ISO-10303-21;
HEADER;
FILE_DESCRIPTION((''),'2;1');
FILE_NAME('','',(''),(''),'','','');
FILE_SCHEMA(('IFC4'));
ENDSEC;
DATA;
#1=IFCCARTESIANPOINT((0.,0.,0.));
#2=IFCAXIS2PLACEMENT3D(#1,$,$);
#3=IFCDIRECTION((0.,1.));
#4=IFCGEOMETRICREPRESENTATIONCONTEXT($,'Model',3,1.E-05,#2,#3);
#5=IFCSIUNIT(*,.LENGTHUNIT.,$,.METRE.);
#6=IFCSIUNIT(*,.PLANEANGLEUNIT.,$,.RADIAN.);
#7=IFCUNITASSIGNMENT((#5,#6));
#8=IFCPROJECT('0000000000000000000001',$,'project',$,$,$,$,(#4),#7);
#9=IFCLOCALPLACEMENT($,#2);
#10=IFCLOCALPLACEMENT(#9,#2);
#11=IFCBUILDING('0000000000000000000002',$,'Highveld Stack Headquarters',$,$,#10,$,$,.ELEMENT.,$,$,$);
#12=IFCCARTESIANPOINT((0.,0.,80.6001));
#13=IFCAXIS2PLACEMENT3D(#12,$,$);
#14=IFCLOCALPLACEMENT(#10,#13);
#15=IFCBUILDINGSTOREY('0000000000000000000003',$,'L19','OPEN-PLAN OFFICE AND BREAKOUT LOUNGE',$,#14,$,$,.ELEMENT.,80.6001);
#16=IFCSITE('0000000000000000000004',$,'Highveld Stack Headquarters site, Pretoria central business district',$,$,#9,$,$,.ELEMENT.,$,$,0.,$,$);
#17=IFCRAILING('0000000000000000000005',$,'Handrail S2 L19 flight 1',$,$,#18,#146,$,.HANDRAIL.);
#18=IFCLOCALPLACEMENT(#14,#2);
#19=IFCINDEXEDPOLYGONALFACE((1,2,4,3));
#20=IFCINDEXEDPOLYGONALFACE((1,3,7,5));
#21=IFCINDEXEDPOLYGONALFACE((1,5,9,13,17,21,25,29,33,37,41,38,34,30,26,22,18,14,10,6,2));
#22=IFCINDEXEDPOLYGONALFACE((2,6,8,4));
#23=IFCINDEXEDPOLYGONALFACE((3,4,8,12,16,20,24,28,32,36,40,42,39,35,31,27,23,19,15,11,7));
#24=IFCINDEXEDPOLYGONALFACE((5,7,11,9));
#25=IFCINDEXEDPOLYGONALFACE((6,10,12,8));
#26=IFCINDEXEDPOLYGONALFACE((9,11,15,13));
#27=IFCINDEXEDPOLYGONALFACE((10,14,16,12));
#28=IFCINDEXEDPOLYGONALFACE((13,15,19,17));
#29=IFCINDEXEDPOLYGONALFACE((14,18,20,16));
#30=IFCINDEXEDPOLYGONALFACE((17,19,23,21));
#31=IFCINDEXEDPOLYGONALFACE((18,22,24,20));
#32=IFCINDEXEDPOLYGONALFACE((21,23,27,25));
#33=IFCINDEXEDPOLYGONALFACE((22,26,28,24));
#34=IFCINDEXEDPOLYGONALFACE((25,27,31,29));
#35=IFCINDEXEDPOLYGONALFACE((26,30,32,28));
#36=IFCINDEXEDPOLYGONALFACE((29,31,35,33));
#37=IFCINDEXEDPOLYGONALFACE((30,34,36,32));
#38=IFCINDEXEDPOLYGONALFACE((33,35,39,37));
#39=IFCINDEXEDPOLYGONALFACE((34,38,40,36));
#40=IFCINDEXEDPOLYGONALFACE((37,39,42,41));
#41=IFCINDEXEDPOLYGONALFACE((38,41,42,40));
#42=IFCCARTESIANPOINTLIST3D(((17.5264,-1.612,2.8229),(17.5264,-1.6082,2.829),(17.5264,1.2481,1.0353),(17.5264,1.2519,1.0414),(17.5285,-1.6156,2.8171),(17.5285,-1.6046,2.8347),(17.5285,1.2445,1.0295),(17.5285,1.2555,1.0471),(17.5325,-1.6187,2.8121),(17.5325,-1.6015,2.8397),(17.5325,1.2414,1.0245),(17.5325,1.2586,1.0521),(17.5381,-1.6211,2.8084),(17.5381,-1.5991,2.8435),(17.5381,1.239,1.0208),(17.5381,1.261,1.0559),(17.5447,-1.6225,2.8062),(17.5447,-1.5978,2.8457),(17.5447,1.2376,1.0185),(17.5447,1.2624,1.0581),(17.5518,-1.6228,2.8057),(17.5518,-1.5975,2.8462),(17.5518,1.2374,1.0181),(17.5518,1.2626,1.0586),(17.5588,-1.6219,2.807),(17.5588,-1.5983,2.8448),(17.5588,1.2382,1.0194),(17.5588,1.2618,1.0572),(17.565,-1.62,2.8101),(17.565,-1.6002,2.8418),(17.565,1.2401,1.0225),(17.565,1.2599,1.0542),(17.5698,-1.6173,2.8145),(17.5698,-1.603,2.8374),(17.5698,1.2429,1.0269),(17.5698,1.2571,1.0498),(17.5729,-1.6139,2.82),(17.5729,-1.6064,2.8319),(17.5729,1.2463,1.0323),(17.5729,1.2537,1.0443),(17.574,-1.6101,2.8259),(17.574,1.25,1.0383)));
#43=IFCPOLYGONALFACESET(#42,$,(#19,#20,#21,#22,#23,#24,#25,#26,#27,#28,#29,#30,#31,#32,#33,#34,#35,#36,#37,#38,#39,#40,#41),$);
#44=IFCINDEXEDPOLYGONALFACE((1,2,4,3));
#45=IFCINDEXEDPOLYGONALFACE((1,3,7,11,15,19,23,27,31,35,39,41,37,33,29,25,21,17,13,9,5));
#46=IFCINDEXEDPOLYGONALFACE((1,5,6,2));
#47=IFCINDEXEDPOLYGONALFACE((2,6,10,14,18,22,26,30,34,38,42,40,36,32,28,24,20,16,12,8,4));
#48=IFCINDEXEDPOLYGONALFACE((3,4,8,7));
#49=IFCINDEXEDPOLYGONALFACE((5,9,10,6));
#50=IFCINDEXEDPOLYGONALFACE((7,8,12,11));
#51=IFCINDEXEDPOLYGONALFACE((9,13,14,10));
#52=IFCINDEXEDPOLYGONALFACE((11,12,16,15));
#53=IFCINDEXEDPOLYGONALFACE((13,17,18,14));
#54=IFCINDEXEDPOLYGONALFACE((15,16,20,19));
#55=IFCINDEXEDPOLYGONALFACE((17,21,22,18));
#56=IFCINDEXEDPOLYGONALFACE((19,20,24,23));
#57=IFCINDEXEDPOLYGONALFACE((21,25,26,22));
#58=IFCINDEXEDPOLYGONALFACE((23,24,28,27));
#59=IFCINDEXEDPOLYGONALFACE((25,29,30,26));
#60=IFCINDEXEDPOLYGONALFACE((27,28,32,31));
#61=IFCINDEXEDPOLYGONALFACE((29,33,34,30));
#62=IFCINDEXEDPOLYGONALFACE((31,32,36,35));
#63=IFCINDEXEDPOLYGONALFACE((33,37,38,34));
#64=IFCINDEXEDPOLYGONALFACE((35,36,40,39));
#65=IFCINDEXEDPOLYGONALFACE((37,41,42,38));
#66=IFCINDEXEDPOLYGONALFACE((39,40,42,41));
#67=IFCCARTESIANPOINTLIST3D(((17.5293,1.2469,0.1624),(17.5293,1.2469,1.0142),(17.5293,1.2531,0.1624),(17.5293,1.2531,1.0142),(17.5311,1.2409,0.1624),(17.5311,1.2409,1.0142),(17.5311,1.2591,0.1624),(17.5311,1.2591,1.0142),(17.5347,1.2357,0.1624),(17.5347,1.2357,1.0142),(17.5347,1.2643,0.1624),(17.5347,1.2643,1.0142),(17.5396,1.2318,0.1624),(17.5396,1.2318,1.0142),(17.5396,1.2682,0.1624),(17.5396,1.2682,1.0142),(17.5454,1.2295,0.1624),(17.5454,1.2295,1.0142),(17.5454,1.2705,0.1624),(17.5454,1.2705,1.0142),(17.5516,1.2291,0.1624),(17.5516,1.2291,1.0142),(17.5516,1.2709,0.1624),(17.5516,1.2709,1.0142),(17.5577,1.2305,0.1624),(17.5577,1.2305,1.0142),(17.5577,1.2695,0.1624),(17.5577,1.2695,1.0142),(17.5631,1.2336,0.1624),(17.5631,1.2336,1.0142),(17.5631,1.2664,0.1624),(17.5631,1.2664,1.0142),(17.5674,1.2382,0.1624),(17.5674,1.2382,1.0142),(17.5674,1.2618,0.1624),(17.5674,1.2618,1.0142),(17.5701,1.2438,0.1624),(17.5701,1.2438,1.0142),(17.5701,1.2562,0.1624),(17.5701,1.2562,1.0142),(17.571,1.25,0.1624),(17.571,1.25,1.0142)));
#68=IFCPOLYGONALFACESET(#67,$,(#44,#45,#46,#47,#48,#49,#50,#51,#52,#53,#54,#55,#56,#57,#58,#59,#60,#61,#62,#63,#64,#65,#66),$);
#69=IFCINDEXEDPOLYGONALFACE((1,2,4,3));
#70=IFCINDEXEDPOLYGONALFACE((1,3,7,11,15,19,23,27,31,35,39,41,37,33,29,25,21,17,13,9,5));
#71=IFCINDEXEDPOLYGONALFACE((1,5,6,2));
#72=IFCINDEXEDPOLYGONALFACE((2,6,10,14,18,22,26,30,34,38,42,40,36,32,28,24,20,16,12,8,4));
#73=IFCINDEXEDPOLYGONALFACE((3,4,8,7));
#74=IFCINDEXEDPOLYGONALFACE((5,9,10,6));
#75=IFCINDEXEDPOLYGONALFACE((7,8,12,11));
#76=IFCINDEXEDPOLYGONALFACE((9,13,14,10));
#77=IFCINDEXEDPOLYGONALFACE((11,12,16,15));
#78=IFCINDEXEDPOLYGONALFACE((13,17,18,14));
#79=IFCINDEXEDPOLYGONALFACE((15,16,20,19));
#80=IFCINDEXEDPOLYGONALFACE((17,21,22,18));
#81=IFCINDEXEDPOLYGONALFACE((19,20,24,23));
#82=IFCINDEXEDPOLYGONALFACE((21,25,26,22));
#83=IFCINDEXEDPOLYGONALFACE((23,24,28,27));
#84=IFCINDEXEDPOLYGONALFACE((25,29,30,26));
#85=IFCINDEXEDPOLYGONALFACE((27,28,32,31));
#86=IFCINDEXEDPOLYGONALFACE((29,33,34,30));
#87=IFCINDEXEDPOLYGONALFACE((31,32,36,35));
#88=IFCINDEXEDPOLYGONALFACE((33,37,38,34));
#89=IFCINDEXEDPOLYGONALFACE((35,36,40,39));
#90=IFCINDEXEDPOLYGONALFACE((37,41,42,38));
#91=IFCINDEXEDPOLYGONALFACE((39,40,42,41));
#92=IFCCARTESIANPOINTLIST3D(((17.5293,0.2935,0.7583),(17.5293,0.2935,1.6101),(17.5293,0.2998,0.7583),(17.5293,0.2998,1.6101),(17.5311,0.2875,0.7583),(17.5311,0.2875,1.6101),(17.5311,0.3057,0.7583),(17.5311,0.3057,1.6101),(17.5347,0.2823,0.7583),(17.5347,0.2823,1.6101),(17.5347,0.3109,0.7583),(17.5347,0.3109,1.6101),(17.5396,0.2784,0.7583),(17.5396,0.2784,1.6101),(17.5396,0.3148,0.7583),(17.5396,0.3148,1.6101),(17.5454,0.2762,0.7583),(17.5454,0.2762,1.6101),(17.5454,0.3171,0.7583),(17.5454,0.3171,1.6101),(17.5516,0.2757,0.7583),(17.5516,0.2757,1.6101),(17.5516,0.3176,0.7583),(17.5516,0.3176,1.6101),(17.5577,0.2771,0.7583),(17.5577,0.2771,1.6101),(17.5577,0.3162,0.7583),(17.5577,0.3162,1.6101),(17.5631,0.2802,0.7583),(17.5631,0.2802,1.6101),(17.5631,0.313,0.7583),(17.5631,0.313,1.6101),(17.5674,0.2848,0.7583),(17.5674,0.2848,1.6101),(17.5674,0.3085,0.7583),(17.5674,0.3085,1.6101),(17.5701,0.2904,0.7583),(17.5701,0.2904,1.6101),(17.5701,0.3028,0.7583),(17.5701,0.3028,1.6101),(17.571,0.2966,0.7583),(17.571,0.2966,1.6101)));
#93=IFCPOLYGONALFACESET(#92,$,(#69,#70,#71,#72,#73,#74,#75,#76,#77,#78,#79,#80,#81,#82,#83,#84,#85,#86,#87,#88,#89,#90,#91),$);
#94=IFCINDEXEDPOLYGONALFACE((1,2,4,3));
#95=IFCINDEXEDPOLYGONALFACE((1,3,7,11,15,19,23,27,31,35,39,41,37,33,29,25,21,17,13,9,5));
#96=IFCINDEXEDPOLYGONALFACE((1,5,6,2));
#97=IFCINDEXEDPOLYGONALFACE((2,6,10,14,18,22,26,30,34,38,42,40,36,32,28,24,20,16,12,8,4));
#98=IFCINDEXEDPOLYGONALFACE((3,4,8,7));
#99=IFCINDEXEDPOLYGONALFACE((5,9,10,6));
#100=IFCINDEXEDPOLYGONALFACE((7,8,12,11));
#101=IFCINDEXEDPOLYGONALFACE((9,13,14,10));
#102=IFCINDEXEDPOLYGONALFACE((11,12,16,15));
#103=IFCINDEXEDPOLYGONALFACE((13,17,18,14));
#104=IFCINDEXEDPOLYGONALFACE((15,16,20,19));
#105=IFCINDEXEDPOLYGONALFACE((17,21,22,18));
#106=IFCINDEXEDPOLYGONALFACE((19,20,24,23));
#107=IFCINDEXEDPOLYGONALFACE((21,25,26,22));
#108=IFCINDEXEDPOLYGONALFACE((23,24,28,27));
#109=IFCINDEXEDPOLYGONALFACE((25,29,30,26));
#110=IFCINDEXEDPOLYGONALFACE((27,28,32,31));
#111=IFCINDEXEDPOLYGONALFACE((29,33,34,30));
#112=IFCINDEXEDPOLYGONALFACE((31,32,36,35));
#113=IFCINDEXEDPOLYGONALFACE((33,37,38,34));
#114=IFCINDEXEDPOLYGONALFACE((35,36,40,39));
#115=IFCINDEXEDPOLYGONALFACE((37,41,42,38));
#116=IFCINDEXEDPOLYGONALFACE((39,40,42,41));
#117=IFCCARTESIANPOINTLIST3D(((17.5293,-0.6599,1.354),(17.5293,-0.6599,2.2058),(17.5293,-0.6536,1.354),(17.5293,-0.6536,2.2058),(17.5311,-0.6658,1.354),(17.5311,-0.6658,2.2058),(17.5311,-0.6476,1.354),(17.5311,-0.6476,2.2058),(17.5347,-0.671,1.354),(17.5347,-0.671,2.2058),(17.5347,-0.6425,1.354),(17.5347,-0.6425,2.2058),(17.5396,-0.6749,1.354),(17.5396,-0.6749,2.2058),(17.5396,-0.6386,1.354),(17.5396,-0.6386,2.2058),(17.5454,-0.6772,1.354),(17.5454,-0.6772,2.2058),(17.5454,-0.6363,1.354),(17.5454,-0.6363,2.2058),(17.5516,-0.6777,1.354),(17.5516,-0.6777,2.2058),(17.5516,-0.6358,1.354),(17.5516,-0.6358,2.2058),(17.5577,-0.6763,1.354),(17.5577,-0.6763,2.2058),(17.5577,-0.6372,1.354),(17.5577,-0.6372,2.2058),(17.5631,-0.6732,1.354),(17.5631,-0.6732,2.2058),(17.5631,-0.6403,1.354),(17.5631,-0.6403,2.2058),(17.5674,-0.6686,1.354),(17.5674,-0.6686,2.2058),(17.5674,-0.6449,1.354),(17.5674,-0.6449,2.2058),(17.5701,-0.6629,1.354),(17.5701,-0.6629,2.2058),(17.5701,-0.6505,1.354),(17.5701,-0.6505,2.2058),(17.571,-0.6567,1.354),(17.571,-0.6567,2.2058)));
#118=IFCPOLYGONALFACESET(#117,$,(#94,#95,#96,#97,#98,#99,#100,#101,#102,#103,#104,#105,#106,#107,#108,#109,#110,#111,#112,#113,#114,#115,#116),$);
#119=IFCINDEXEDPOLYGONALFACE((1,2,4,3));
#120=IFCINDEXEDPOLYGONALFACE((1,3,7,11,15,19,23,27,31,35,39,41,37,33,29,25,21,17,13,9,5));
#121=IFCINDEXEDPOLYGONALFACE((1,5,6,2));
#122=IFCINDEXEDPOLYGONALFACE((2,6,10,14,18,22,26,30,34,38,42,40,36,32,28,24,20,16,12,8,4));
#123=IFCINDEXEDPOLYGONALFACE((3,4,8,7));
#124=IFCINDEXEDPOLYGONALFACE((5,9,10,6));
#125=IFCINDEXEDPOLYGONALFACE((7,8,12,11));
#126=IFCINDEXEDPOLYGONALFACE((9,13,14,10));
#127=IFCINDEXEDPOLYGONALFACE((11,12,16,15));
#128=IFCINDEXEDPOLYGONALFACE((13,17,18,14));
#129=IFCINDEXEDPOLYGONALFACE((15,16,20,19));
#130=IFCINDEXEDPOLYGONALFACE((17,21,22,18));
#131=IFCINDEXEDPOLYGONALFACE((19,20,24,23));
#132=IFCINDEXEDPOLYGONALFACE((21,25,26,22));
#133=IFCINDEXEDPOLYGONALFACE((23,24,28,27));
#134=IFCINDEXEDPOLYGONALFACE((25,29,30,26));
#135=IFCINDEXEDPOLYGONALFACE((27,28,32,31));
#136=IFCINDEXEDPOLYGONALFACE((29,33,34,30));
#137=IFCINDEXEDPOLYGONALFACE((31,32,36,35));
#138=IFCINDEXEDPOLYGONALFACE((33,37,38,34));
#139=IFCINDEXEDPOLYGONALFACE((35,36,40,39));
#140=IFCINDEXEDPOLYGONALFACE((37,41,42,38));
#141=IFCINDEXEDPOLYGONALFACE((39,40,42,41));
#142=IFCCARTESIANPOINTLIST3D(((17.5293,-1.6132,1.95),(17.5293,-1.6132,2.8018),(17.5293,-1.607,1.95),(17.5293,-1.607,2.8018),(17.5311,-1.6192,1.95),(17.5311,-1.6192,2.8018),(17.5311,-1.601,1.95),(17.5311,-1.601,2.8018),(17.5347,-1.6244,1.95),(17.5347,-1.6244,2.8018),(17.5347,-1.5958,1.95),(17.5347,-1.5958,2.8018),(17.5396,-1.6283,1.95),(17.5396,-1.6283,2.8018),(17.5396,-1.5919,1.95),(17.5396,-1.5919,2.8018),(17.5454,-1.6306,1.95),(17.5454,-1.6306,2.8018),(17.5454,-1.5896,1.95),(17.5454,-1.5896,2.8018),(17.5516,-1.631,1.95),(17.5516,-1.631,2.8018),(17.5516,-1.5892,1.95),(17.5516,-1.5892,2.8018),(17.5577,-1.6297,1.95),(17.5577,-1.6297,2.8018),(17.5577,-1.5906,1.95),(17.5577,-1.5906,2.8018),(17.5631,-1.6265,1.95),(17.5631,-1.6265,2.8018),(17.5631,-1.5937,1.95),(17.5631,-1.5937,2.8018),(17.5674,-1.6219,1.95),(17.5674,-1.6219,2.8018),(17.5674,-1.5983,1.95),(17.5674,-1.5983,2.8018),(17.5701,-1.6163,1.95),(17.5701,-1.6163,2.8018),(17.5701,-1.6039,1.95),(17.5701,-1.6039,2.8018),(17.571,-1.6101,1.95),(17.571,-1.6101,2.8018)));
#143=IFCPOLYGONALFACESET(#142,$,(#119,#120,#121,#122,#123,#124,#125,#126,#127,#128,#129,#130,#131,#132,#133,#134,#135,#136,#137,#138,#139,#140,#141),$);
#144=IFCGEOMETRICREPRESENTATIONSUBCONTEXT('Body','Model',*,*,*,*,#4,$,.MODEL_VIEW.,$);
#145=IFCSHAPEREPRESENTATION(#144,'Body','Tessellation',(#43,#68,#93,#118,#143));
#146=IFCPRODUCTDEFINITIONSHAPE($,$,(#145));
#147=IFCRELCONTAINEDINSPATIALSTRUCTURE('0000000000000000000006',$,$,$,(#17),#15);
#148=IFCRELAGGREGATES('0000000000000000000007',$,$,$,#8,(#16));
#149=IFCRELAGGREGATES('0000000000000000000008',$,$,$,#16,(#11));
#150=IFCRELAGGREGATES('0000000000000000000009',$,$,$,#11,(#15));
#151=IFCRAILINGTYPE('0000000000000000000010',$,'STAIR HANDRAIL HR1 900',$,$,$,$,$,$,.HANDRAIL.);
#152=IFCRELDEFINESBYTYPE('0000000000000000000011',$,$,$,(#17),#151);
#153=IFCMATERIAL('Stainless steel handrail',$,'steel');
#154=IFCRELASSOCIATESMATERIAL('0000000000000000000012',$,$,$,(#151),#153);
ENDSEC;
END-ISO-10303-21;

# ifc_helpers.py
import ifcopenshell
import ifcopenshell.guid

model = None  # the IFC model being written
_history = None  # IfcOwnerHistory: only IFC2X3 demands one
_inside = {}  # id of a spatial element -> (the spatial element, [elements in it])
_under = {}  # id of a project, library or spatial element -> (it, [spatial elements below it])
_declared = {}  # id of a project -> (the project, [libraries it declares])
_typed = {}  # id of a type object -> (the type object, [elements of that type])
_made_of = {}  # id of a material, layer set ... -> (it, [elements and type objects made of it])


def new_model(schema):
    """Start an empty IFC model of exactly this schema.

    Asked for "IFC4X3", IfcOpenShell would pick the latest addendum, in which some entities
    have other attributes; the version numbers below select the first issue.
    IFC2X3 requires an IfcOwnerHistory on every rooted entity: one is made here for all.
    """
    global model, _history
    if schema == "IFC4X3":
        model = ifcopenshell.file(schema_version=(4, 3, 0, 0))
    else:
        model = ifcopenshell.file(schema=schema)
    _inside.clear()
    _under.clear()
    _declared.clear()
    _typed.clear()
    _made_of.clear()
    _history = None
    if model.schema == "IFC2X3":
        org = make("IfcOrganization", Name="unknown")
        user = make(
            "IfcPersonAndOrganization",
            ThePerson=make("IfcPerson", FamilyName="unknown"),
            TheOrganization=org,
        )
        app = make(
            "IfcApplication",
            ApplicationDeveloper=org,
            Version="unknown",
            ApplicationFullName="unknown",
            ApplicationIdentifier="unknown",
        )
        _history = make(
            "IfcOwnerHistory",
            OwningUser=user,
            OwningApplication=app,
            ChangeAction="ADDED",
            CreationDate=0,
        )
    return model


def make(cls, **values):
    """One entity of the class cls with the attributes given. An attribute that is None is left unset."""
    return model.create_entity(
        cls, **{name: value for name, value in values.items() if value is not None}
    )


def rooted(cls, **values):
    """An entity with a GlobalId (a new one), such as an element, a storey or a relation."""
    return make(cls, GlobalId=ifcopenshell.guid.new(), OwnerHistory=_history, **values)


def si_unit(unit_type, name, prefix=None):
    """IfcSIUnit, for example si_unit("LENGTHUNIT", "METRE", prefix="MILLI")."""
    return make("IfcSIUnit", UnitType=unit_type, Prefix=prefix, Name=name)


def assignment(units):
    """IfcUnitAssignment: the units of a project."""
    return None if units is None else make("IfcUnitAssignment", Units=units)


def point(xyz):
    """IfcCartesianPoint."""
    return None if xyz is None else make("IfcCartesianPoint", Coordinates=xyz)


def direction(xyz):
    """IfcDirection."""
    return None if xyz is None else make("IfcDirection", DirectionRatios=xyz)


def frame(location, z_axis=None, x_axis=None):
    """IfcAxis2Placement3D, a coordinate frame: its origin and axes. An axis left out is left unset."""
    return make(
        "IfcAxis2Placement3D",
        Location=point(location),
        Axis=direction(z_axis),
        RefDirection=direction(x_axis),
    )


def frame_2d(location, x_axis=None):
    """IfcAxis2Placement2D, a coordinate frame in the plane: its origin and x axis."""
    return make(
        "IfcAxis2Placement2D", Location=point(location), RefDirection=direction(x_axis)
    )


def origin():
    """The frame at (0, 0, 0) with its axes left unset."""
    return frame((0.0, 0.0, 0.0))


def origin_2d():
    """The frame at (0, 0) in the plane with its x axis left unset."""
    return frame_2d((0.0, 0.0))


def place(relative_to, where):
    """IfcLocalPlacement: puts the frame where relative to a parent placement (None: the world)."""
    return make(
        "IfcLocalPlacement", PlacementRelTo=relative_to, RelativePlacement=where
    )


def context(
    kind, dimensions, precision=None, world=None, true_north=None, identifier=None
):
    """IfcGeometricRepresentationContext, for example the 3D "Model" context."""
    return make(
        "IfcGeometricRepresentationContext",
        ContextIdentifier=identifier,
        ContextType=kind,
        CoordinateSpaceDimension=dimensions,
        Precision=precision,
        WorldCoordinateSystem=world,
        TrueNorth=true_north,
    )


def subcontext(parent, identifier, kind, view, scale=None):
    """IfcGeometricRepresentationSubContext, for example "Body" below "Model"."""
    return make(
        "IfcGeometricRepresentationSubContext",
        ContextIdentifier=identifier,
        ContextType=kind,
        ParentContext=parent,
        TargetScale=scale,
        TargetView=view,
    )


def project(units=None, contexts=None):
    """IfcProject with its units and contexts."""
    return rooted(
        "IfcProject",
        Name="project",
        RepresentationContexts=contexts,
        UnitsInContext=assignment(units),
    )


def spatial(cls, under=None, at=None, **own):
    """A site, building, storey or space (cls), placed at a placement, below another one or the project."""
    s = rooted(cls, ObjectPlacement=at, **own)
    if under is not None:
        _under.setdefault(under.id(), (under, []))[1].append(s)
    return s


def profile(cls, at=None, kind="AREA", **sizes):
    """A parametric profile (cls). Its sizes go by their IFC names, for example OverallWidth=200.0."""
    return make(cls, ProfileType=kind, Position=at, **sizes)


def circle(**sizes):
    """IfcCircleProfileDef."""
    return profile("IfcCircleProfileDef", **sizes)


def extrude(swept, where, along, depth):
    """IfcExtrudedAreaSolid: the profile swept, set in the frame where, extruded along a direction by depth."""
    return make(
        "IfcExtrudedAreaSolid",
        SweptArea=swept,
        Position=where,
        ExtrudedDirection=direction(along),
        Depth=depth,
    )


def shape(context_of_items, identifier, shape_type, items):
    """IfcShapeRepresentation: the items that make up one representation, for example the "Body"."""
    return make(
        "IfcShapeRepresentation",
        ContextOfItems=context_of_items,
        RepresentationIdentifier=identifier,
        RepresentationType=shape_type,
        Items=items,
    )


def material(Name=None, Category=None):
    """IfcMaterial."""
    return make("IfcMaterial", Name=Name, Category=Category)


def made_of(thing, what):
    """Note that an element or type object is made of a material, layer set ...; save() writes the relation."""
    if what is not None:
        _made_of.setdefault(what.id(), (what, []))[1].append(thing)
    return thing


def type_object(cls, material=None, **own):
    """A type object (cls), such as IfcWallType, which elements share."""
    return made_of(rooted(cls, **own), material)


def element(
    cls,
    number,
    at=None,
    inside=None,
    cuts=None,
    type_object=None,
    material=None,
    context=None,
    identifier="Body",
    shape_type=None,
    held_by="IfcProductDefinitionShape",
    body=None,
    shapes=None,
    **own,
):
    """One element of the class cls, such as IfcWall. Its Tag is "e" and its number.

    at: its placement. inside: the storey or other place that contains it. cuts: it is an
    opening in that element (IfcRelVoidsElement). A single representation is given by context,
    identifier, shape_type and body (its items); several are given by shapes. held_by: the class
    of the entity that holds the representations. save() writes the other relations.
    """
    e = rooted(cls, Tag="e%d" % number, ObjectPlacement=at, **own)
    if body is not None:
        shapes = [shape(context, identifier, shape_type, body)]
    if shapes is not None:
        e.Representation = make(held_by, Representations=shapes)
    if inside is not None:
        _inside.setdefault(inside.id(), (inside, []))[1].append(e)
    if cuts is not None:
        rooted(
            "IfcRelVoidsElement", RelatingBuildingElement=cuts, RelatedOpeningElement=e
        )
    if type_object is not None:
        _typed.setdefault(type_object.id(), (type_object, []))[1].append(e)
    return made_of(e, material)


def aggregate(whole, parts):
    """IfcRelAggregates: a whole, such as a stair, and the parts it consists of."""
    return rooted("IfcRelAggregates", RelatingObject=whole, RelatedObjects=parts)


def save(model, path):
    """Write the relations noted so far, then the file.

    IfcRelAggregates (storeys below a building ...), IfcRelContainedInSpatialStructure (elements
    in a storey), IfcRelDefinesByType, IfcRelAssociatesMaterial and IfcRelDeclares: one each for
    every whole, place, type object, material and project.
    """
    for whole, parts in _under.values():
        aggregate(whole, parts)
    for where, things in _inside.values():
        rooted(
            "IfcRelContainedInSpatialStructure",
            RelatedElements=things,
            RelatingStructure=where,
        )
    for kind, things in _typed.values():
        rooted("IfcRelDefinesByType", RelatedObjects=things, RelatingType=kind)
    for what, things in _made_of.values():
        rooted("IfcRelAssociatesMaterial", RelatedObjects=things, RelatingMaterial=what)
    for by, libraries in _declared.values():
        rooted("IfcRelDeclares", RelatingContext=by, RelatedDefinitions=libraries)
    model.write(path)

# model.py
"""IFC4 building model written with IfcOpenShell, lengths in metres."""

from ifc_helpers import new_model, si_unit, direction, frame, origin, origin_2d, place, context, subcontext, project, spatial, circle, extrude, material, type_object, element, save


model = new_model("IFC4")

# Units and contexts
model_context = context("Model", 3, precision=1e-05, world=origin(), true_north=direction((0.0, 1.0)))
body_context = subcontext(model_context, "Body", "Model", "MODEL_VIEW")
ifc_project = project(units=[si_unit("LENGTHUNIT", "METRE"), si_unit("PLANEANGLEUNIT", "RADIAN")], contexts=[model_context])

# Site, building, storey
site_placement = place(None, origin())
site = spatial("IfcSite", under=ifc_project, at=site_placement, Name="Highveld Stack Headquarters site, Pretoria central business district", CompositionType="ELEMENT", RefElevation=0.0)
building_placement = place(site_placement, origin())
building = spatial("IfcBuilding", under=site, at=building_placement, Name="Highveld Stack Headquarters", CompositionType="ELEMENT")
storey_placement = place(building_placement, frame((0.0, 0.0, 80.6001)))
storey = spatial("IfcBuildingStorey", under=building, at=storey_placement, Name="L19", Description="OPEN-PLAN OFFICE AND BREAKOUT LOUNGE", CompositionType="ELEMENT", Elevation=80.6001)

# Railing
ifc_material_1 = material(Name="Stainless steel handrail", Category="steel")
railing_type = type_object("IfcRailingType", Name="STAIR HANDRAIL HR1 900", PredefinedType="HANDRAIL", material=ifc_material_1)
for number, where, name in (
    (1, (17.55, 1.25, 0.1624), "Handrail S2 L19 flight 1"),
):
    element("IfcRailing", number, at=place(storey_placement, frame(where)), inside=storey, type_object=railing_type, Name=name, PredefinedType="HANDRAIL", context=body_context, shape_type="SweptSolid", body=[
        extrude(circle(Radius=0.0239, at=origin_2d()), frame((0.0, 0.0, 0.876), z_axis=(0.0, -0.847994, 0.530005), x_axis=(1.0, 0.0, 0.0)), (0.0, 0.0, 1.0), 3.3728),
        extrude(circle(Radius=0.021, at=origin_2d()), origin(), (0.0, 0.0, 1.0), 0.8518),
        extrude(circle(Radius=0.021, at=origin_2d()), frame((0.0, -0.9534, 0.5959)), (0.0, 0.0, 1.0), 0.8518),
        extrude(circle(Radius=0.021, at=origin_2d()), frame((0.0, -1.9067, 1.1917)), (0.0, 0.0, 1.0), 0.8518),
        extrude(circle(Radius=0.021, at=origin_2d()), frame((0.0, -2.8601, 1.7876)), (0.0, 0.0, 1.0), 0.8518),
    ])

save(model, "model.ifc")
